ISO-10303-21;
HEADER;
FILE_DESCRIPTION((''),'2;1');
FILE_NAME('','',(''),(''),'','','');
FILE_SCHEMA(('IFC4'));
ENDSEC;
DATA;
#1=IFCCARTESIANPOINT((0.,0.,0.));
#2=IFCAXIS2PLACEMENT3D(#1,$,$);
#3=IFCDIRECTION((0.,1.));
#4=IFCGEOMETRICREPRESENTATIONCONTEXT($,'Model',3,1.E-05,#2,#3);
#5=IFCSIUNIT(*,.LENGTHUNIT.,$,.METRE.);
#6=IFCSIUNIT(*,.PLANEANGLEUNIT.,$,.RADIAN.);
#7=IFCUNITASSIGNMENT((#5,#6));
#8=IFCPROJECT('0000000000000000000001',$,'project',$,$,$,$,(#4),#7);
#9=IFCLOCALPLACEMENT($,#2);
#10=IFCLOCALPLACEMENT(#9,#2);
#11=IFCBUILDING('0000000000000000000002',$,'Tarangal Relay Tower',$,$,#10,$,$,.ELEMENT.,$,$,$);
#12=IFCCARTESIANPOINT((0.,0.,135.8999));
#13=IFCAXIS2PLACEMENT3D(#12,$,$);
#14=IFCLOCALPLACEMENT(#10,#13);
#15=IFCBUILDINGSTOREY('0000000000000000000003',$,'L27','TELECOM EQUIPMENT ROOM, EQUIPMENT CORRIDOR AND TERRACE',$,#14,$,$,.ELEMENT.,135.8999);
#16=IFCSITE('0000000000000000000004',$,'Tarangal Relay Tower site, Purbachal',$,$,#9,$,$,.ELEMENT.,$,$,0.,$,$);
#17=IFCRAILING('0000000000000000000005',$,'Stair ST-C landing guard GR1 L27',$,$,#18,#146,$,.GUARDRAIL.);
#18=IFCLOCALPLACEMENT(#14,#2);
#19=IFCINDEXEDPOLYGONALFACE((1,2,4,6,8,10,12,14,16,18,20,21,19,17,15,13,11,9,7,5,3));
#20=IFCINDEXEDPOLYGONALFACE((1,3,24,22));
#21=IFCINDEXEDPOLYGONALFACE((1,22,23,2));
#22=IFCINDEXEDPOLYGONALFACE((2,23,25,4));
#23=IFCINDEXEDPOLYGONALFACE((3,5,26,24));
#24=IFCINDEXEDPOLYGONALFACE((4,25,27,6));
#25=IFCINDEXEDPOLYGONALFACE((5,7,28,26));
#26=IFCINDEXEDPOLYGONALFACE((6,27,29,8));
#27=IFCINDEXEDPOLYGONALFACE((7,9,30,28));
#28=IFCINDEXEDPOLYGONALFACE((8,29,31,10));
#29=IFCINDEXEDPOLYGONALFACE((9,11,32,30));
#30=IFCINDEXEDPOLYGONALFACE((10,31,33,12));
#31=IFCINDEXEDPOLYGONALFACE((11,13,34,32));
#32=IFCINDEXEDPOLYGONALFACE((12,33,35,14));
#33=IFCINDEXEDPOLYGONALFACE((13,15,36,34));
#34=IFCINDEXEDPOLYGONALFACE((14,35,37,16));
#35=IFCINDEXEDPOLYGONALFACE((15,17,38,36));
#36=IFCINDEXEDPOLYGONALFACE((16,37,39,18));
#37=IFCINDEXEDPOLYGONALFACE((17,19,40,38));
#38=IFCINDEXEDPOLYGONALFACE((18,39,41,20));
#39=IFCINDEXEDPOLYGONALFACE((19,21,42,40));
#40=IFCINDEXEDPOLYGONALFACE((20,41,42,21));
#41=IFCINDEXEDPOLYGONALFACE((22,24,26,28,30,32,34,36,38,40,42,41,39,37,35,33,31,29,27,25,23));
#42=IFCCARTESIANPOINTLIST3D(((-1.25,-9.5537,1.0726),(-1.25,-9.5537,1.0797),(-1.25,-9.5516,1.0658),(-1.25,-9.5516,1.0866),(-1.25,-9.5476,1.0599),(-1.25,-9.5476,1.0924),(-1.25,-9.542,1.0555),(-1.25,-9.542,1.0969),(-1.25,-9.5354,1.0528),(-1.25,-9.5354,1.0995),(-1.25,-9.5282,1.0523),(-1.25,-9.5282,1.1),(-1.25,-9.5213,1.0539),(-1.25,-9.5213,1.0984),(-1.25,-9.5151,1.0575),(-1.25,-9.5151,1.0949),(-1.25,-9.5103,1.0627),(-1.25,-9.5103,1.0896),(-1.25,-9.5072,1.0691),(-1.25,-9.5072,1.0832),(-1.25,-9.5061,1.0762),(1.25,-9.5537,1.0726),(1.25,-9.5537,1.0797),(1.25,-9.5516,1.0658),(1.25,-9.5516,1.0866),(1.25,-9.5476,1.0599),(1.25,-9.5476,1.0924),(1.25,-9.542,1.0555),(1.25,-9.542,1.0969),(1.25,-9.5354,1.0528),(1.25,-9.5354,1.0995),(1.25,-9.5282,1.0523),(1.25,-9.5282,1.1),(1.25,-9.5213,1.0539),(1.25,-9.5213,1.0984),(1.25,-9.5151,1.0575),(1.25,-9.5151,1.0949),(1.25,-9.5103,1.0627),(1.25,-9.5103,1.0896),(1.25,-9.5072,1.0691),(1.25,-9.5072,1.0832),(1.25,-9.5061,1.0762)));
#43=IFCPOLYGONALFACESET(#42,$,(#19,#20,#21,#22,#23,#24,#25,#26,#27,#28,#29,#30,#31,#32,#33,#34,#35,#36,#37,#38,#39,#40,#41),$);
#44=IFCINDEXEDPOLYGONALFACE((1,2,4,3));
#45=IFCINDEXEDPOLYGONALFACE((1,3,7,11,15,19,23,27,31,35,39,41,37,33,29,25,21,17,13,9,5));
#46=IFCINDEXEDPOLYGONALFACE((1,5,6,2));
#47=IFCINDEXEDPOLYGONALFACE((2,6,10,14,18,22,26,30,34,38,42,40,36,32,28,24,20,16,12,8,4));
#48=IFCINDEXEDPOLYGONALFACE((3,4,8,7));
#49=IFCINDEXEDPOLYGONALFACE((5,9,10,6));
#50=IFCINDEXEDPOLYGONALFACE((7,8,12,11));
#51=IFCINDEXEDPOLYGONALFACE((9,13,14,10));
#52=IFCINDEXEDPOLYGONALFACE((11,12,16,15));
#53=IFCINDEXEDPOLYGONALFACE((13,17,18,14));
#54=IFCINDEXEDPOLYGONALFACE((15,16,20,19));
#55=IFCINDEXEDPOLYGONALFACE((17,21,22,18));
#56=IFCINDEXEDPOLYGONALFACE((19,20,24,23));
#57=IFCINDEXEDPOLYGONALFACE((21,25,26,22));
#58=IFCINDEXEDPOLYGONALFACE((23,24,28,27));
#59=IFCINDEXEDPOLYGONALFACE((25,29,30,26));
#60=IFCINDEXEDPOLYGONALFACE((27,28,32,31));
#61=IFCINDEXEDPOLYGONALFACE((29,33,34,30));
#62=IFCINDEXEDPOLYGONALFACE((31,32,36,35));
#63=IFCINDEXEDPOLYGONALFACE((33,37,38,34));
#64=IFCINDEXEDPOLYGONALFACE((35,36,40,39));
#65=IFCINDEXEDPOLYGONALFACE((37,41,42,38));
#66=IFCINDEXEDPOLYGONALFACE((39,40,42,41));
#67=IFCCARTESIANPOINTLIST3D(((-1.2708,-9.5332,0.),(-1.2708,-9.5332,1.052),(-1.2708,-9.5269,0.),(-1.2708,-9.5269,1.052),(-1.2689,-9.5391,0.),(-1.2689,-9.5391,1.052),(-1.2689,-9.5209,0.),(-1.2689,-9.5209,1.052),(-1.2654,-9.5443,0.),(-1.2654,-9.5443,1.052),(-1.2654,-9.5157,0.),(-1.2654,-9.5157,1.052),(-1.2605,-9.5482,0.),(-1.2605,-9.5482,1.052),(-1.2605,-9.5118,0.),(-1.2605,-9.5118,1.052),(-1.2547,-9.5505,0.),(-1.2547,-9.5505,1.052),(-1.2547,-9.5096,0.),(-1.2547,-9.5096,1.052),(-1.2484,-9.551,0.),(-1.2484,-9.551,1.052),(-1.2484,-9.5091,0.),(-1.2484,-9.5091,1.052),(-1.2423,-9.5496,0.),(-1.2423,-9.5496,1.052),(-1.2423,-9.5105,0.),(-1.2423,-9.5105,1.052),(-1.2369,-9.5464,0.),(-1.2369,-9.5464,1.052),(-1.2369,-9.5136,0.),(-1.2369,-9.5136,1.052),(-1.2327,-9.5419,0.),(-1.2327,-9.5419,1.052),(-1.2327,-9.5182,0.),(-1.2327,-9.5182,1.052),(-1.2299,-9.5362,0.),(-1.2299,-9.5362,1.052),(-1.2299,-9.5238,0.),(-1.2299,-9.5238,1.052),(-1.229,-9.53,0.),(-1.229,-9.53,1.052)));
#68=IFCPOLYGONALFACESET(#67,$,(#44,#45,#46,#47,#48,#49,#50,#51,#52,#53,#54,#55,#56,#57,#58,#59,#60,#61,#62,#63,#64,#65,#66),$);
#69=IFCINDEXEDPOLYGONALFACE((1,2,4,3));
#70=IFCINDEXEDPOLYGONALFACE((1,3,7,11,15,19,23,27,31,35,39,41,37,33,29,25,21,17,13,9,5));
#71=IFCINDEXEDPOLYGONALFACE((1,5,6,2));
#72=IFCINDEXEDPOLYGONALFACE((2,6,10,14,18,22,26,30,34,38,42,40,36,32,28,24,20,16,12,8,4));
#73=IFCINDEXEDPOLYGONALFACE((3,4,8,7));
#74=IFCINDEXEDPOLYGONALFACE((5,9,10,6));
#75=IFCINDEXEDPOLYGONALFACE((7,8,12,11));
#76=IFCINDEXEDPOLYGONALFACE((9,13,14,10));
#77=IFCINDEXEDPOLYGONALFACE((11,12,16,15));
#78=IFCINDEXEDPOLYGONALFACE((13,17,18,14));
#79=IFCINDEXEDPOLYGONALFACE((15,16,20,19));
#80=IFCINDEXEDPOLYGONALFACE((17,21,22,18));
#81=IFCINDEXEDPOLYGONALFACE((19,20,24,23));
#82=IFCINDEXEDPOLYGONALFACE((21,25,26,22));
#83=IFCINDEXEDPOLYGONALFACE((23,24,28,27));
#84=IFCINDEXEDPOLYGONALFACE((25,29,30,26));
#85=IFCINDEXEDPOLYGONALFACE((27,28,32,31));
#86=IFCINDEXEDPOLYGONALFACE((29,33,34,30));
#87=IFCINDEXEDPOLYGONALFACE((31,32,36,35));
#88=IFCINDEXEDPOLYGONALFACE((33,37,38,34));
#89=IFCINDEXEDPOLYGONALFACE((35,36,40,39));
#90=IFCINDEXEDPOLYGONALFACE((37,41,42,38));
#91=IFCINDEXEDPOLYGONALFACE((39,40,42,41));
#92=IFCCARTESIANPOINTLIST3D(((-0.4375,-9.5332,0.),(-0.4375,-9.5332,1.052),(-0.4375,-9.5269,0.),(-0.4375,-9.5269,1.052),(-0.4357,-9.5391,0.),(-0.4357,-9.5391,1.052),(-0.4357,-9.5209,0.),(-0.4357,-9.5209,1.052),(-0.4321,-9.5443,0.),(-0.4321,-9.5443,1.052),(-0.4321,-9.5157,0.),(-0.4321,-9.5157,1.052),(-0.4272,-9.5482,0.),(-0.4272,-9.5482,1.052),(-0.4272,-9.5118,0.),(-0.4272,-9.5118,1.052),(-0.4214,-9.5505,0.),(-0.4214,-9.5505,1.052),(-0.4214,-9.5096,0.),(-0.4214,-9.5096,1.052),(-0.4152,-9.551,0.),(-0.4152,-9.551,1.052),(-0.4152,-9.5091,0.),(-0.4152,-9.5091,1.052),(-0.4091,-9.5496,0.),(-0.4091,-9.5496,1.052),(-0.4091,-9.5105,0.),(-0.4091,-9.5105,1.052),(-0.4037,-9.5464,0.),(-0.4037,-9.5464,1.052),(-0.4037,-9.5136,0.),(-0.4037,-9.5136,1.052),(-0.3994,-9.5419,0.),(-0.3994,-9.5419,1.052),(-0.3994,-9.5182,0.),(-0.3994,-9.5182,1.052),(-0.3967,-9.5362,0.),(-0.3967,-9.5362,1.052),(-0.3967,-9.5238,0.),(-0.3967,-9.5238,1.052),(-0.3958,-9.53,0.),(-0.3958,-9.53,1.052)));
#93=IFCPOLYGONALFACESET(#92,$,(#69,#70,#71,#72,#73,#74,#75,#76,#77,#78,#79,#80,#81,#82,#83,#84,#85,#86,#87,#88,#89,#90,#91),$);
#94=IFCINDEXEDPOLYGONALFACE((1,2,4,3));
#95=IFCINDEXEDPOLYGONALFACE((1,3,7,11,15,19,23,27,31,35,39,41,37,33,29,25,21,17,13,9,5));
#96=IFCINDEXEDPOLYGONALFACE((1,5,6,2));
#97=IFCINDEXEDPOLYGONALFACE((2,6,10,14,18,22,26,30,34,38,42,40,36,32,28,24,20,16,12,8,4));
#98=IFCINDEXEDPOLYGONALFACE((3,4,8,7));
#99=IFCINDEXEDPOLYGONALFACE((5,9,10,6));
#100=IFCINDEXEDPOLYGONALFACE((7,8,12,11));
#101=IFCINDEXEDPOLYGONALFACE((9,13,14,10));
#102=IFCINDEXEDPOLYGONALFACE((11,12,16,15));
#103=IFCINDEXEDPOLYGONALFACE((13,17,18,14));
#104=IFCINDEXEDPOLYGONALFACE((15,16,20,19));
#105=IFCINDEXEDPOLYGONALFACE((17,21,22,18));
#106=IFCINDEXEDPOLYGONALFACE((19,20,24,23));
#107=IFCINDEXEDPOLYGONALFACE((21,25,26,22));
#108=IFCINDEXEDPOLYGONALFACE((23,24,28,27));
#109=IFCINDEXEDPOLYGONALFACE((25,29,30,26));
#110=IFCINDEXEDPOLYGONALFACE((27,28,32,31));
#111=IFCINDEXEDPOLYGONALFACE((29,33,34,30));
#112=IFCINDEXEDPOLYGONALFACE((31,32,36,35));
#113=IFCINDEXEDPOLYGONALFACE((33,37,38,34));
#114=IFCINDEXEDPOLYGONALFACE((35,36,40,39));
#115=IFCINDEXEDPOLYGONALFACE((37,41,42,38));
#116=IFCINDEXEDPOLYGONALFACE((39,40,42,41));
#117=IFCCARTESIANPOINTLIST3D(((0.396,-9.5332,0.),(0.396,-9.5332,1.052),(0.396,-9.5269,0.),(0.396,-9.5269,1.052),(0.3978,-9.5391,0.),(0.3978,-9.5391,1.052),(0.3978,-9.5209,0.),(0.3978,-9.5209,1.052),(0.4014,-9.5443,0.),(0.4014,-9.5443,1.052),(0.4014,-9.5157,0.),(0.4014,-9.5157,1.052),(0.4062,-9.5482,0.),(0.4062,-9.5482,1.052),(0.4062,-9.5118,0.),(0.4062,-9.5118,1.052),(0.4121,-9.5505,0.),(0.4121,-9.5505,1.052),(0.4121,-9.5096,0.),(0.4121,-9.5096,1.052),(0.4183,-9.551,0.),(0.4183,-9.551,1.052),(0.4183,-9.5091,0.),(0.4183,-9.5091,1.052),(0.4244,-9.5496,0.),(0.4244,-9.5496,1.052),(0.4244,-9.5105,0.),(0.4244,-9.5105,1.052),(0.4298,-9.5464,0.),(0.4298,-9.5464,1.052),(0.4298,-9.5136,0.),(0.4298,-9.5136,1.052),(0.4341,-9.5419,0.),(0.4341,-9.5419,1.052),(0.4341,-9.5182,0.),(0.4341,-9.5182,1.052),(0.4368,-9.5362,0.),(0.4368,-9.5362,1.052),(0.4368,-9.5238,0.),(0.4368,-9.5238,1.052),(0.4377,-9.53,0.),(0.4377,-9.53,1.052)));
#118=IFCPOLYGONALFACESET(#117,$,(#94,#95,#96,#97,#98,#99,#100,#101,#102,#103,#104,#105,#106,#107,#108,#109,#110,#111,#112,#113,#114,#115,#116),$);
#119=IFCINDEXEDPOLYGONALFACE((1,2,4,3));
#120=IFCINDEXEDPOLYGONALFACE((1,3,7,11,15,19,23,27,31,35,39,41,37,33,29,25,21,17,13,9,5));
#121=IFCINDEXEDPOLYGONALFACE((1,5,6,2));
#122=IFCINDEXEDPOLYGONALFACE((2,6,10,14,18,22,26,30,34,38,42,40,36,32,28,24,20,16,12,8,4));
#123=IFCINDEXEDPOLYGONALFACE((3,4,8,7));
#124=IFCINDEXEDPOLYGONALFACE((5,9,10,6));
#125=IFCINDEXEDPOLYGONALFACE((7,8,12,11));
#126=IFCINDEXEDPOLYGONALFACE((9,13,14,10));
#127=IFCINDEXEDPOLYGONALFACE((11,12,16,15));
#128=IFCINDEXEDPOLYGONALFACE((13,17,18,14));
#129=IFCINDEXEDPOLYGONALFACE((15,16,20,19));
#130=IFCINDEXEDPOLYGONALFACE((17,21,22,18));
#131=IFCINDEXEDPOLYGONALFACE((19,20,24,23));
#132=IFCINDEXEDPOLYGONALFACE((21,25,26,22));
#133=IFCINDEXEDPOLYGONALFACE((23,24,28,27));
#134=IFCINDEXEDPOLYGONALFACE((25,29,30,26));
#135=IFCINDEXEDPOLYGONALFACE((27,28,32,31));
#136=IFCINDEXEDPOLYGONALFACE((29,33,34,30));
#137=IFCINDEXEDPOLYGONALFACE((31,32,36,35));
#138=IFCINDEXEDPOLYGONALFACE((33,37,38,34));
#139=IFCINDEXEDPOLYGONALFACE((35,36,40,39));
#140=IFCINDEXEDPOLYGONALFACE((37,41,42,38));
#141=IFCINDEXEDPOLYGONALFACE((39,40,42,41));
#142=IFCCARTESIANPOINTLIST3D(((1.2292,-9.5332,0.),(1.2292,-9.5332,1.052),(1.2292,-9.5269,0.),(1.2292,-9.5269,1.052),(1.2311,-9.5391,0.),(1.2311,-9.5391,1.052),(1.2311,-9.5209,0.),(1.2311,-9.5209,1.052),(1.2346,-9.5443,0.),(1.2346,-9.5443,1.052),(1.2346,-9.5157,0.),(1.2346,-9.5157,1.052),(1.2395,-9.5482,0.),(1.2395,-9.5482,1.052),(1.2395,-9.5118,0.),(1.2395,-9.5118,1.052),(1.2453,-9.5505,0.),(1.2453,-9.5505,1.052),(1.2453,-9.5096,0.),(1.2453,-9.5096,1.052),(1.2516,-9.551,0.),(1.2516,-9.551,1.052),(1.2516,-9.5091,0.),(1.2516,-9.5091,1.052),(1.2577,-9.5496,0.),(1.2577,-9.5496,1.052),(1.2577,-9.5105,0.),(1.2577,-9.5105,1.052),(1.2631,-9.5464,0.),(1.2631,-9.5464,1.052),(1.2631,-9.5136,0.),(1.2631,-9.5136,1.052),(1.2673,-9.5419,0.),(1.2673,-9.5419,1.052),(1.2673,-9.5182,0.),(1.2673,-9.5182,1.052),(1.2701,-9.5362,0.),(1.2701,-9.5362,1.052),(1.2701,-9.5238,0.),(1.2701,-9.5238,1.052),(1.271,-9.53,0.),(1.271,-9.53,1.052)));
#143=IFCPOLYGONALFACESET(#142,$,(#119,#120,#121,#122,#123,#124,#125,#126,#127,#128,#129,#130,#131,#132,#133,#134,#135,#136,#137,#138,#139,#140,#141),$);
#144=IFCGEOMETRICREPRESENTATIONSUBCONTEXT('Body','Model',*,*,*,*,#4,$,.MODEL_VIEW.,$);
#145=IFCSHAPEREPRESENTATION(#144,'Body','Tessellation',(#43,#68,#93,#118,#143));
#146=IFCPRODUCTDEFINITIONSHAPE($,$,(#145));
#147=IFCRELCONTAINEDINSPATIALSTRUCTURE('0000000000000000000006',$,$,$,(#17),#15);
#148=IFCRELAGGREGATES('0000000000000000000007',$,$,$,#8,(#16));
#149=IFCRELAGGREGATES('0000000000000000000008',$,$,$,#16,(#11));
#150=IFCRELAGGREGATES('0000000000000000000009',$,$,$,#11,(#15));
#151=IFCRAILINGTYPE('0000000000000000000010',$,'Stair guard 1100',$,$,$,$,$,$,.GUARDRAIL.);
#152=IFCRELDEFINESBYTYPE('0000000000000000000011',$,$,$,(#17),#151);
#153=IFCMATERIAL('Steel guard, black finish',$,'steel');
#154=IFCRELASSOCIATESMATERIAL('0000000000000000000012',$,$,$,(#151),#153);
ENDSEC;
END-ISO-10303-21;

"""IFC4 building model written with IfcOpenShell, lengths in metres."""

from ifc_helpers import new_model, si_unit, direction, frame, origin, origin_2d, place, context, subcontext, project, spatial, circle, extrude, material, type_object, element, save


model = new_model("IFC4")

# Units and contexts
model_context = context("Model", 3, precision=1e-05, world=origin(), true_north=direction((0.0, 1.0)))
body_context = subcontext(model_context, "Body", "Model", "MODEL_VIEW")
ifc_project = project(units=[si_unit("LENGTHUNIT", "METRE"), si_unit("PLANEANGLEUNIT", "RADIAN")], contexts=[model_context])

# Site, building, storey
site_placement = place(None, origin())
site = spatial("IfcSite", under=ifc_project, at=site_placement, Name="Tarangal Relay Tower site, Purbachal", CompositionType="ELEMENT", RefElevation=0.0)
building_placement = place(site_placement, origin())
building = spatial("IfcBuilding", under=site, at=building_placement, Name="Tarangal Relay Tower", CompositionType="ELEMENT")
storey_placement = place(building_placement, frame((0.0, 0.0, 135.8999)))
storey = spatial("IfcBuildingStorey", under=building, at=storey_placement, Name="L27", Description="TELECOM EQUIPMENT ROOM, EQUIPMENT CORRIDOR AND TERRACE", CompositionType="ELEMENT", Elevation=135.8999)

# Railing
ifc_material_1 = material(Name="Steel guard, black finish", Category="steel")
railing_type_1 = type_object("IfcRailingType", Name="Stair guard 1100", PredefinedType="GUARDRAIL", material=ifc_material_1)
for number, where, name in (
    (1, (-1.25, -9.53, 0.0), "Stair ST-C landing guard GR1 L27"),
):
    element("IfcRailing", number, at=place(storey_placement, frame(where)), inside=storey, type_object=railing_type_1, Name=name, PredefinedType="GUARDRAIL", context=body_context, shape_type="SweptSolid", body=[
        extrude(circle(Radius=0.0239, at=origin_2d()), frame((0.0, 0.0, 1.0762), z_axis=(1.0, 0.0, 0.0), x_axis=(0.0, 1.0, 0.0)), (0.0, 0.0, 1.0), 2.5),
        extrude(circle(Radius=0.021, at=origin_2d()), origin(), (0.0, 0.0, 1.0), 1.052),
        extrude(circle(Radius=0.021, at=origin_2d()), frame((0.8333, 0.0, 0.0)), (0.0, 0.0, 1.0), 1.052),
        extrude(circle(Radius=0.021, at=origin_2d()), frame((1.6667, 0.0, 0.0)), (0.0, 0.0, 1.0), 1.052),
        extrude(circle(Radius=0.021, at=origin_2d()), frame((2.5, 0.0, 0.0)), (0.0, 0.0, 1.0), 1.052),
    ])

save(model, "model.ifc")
